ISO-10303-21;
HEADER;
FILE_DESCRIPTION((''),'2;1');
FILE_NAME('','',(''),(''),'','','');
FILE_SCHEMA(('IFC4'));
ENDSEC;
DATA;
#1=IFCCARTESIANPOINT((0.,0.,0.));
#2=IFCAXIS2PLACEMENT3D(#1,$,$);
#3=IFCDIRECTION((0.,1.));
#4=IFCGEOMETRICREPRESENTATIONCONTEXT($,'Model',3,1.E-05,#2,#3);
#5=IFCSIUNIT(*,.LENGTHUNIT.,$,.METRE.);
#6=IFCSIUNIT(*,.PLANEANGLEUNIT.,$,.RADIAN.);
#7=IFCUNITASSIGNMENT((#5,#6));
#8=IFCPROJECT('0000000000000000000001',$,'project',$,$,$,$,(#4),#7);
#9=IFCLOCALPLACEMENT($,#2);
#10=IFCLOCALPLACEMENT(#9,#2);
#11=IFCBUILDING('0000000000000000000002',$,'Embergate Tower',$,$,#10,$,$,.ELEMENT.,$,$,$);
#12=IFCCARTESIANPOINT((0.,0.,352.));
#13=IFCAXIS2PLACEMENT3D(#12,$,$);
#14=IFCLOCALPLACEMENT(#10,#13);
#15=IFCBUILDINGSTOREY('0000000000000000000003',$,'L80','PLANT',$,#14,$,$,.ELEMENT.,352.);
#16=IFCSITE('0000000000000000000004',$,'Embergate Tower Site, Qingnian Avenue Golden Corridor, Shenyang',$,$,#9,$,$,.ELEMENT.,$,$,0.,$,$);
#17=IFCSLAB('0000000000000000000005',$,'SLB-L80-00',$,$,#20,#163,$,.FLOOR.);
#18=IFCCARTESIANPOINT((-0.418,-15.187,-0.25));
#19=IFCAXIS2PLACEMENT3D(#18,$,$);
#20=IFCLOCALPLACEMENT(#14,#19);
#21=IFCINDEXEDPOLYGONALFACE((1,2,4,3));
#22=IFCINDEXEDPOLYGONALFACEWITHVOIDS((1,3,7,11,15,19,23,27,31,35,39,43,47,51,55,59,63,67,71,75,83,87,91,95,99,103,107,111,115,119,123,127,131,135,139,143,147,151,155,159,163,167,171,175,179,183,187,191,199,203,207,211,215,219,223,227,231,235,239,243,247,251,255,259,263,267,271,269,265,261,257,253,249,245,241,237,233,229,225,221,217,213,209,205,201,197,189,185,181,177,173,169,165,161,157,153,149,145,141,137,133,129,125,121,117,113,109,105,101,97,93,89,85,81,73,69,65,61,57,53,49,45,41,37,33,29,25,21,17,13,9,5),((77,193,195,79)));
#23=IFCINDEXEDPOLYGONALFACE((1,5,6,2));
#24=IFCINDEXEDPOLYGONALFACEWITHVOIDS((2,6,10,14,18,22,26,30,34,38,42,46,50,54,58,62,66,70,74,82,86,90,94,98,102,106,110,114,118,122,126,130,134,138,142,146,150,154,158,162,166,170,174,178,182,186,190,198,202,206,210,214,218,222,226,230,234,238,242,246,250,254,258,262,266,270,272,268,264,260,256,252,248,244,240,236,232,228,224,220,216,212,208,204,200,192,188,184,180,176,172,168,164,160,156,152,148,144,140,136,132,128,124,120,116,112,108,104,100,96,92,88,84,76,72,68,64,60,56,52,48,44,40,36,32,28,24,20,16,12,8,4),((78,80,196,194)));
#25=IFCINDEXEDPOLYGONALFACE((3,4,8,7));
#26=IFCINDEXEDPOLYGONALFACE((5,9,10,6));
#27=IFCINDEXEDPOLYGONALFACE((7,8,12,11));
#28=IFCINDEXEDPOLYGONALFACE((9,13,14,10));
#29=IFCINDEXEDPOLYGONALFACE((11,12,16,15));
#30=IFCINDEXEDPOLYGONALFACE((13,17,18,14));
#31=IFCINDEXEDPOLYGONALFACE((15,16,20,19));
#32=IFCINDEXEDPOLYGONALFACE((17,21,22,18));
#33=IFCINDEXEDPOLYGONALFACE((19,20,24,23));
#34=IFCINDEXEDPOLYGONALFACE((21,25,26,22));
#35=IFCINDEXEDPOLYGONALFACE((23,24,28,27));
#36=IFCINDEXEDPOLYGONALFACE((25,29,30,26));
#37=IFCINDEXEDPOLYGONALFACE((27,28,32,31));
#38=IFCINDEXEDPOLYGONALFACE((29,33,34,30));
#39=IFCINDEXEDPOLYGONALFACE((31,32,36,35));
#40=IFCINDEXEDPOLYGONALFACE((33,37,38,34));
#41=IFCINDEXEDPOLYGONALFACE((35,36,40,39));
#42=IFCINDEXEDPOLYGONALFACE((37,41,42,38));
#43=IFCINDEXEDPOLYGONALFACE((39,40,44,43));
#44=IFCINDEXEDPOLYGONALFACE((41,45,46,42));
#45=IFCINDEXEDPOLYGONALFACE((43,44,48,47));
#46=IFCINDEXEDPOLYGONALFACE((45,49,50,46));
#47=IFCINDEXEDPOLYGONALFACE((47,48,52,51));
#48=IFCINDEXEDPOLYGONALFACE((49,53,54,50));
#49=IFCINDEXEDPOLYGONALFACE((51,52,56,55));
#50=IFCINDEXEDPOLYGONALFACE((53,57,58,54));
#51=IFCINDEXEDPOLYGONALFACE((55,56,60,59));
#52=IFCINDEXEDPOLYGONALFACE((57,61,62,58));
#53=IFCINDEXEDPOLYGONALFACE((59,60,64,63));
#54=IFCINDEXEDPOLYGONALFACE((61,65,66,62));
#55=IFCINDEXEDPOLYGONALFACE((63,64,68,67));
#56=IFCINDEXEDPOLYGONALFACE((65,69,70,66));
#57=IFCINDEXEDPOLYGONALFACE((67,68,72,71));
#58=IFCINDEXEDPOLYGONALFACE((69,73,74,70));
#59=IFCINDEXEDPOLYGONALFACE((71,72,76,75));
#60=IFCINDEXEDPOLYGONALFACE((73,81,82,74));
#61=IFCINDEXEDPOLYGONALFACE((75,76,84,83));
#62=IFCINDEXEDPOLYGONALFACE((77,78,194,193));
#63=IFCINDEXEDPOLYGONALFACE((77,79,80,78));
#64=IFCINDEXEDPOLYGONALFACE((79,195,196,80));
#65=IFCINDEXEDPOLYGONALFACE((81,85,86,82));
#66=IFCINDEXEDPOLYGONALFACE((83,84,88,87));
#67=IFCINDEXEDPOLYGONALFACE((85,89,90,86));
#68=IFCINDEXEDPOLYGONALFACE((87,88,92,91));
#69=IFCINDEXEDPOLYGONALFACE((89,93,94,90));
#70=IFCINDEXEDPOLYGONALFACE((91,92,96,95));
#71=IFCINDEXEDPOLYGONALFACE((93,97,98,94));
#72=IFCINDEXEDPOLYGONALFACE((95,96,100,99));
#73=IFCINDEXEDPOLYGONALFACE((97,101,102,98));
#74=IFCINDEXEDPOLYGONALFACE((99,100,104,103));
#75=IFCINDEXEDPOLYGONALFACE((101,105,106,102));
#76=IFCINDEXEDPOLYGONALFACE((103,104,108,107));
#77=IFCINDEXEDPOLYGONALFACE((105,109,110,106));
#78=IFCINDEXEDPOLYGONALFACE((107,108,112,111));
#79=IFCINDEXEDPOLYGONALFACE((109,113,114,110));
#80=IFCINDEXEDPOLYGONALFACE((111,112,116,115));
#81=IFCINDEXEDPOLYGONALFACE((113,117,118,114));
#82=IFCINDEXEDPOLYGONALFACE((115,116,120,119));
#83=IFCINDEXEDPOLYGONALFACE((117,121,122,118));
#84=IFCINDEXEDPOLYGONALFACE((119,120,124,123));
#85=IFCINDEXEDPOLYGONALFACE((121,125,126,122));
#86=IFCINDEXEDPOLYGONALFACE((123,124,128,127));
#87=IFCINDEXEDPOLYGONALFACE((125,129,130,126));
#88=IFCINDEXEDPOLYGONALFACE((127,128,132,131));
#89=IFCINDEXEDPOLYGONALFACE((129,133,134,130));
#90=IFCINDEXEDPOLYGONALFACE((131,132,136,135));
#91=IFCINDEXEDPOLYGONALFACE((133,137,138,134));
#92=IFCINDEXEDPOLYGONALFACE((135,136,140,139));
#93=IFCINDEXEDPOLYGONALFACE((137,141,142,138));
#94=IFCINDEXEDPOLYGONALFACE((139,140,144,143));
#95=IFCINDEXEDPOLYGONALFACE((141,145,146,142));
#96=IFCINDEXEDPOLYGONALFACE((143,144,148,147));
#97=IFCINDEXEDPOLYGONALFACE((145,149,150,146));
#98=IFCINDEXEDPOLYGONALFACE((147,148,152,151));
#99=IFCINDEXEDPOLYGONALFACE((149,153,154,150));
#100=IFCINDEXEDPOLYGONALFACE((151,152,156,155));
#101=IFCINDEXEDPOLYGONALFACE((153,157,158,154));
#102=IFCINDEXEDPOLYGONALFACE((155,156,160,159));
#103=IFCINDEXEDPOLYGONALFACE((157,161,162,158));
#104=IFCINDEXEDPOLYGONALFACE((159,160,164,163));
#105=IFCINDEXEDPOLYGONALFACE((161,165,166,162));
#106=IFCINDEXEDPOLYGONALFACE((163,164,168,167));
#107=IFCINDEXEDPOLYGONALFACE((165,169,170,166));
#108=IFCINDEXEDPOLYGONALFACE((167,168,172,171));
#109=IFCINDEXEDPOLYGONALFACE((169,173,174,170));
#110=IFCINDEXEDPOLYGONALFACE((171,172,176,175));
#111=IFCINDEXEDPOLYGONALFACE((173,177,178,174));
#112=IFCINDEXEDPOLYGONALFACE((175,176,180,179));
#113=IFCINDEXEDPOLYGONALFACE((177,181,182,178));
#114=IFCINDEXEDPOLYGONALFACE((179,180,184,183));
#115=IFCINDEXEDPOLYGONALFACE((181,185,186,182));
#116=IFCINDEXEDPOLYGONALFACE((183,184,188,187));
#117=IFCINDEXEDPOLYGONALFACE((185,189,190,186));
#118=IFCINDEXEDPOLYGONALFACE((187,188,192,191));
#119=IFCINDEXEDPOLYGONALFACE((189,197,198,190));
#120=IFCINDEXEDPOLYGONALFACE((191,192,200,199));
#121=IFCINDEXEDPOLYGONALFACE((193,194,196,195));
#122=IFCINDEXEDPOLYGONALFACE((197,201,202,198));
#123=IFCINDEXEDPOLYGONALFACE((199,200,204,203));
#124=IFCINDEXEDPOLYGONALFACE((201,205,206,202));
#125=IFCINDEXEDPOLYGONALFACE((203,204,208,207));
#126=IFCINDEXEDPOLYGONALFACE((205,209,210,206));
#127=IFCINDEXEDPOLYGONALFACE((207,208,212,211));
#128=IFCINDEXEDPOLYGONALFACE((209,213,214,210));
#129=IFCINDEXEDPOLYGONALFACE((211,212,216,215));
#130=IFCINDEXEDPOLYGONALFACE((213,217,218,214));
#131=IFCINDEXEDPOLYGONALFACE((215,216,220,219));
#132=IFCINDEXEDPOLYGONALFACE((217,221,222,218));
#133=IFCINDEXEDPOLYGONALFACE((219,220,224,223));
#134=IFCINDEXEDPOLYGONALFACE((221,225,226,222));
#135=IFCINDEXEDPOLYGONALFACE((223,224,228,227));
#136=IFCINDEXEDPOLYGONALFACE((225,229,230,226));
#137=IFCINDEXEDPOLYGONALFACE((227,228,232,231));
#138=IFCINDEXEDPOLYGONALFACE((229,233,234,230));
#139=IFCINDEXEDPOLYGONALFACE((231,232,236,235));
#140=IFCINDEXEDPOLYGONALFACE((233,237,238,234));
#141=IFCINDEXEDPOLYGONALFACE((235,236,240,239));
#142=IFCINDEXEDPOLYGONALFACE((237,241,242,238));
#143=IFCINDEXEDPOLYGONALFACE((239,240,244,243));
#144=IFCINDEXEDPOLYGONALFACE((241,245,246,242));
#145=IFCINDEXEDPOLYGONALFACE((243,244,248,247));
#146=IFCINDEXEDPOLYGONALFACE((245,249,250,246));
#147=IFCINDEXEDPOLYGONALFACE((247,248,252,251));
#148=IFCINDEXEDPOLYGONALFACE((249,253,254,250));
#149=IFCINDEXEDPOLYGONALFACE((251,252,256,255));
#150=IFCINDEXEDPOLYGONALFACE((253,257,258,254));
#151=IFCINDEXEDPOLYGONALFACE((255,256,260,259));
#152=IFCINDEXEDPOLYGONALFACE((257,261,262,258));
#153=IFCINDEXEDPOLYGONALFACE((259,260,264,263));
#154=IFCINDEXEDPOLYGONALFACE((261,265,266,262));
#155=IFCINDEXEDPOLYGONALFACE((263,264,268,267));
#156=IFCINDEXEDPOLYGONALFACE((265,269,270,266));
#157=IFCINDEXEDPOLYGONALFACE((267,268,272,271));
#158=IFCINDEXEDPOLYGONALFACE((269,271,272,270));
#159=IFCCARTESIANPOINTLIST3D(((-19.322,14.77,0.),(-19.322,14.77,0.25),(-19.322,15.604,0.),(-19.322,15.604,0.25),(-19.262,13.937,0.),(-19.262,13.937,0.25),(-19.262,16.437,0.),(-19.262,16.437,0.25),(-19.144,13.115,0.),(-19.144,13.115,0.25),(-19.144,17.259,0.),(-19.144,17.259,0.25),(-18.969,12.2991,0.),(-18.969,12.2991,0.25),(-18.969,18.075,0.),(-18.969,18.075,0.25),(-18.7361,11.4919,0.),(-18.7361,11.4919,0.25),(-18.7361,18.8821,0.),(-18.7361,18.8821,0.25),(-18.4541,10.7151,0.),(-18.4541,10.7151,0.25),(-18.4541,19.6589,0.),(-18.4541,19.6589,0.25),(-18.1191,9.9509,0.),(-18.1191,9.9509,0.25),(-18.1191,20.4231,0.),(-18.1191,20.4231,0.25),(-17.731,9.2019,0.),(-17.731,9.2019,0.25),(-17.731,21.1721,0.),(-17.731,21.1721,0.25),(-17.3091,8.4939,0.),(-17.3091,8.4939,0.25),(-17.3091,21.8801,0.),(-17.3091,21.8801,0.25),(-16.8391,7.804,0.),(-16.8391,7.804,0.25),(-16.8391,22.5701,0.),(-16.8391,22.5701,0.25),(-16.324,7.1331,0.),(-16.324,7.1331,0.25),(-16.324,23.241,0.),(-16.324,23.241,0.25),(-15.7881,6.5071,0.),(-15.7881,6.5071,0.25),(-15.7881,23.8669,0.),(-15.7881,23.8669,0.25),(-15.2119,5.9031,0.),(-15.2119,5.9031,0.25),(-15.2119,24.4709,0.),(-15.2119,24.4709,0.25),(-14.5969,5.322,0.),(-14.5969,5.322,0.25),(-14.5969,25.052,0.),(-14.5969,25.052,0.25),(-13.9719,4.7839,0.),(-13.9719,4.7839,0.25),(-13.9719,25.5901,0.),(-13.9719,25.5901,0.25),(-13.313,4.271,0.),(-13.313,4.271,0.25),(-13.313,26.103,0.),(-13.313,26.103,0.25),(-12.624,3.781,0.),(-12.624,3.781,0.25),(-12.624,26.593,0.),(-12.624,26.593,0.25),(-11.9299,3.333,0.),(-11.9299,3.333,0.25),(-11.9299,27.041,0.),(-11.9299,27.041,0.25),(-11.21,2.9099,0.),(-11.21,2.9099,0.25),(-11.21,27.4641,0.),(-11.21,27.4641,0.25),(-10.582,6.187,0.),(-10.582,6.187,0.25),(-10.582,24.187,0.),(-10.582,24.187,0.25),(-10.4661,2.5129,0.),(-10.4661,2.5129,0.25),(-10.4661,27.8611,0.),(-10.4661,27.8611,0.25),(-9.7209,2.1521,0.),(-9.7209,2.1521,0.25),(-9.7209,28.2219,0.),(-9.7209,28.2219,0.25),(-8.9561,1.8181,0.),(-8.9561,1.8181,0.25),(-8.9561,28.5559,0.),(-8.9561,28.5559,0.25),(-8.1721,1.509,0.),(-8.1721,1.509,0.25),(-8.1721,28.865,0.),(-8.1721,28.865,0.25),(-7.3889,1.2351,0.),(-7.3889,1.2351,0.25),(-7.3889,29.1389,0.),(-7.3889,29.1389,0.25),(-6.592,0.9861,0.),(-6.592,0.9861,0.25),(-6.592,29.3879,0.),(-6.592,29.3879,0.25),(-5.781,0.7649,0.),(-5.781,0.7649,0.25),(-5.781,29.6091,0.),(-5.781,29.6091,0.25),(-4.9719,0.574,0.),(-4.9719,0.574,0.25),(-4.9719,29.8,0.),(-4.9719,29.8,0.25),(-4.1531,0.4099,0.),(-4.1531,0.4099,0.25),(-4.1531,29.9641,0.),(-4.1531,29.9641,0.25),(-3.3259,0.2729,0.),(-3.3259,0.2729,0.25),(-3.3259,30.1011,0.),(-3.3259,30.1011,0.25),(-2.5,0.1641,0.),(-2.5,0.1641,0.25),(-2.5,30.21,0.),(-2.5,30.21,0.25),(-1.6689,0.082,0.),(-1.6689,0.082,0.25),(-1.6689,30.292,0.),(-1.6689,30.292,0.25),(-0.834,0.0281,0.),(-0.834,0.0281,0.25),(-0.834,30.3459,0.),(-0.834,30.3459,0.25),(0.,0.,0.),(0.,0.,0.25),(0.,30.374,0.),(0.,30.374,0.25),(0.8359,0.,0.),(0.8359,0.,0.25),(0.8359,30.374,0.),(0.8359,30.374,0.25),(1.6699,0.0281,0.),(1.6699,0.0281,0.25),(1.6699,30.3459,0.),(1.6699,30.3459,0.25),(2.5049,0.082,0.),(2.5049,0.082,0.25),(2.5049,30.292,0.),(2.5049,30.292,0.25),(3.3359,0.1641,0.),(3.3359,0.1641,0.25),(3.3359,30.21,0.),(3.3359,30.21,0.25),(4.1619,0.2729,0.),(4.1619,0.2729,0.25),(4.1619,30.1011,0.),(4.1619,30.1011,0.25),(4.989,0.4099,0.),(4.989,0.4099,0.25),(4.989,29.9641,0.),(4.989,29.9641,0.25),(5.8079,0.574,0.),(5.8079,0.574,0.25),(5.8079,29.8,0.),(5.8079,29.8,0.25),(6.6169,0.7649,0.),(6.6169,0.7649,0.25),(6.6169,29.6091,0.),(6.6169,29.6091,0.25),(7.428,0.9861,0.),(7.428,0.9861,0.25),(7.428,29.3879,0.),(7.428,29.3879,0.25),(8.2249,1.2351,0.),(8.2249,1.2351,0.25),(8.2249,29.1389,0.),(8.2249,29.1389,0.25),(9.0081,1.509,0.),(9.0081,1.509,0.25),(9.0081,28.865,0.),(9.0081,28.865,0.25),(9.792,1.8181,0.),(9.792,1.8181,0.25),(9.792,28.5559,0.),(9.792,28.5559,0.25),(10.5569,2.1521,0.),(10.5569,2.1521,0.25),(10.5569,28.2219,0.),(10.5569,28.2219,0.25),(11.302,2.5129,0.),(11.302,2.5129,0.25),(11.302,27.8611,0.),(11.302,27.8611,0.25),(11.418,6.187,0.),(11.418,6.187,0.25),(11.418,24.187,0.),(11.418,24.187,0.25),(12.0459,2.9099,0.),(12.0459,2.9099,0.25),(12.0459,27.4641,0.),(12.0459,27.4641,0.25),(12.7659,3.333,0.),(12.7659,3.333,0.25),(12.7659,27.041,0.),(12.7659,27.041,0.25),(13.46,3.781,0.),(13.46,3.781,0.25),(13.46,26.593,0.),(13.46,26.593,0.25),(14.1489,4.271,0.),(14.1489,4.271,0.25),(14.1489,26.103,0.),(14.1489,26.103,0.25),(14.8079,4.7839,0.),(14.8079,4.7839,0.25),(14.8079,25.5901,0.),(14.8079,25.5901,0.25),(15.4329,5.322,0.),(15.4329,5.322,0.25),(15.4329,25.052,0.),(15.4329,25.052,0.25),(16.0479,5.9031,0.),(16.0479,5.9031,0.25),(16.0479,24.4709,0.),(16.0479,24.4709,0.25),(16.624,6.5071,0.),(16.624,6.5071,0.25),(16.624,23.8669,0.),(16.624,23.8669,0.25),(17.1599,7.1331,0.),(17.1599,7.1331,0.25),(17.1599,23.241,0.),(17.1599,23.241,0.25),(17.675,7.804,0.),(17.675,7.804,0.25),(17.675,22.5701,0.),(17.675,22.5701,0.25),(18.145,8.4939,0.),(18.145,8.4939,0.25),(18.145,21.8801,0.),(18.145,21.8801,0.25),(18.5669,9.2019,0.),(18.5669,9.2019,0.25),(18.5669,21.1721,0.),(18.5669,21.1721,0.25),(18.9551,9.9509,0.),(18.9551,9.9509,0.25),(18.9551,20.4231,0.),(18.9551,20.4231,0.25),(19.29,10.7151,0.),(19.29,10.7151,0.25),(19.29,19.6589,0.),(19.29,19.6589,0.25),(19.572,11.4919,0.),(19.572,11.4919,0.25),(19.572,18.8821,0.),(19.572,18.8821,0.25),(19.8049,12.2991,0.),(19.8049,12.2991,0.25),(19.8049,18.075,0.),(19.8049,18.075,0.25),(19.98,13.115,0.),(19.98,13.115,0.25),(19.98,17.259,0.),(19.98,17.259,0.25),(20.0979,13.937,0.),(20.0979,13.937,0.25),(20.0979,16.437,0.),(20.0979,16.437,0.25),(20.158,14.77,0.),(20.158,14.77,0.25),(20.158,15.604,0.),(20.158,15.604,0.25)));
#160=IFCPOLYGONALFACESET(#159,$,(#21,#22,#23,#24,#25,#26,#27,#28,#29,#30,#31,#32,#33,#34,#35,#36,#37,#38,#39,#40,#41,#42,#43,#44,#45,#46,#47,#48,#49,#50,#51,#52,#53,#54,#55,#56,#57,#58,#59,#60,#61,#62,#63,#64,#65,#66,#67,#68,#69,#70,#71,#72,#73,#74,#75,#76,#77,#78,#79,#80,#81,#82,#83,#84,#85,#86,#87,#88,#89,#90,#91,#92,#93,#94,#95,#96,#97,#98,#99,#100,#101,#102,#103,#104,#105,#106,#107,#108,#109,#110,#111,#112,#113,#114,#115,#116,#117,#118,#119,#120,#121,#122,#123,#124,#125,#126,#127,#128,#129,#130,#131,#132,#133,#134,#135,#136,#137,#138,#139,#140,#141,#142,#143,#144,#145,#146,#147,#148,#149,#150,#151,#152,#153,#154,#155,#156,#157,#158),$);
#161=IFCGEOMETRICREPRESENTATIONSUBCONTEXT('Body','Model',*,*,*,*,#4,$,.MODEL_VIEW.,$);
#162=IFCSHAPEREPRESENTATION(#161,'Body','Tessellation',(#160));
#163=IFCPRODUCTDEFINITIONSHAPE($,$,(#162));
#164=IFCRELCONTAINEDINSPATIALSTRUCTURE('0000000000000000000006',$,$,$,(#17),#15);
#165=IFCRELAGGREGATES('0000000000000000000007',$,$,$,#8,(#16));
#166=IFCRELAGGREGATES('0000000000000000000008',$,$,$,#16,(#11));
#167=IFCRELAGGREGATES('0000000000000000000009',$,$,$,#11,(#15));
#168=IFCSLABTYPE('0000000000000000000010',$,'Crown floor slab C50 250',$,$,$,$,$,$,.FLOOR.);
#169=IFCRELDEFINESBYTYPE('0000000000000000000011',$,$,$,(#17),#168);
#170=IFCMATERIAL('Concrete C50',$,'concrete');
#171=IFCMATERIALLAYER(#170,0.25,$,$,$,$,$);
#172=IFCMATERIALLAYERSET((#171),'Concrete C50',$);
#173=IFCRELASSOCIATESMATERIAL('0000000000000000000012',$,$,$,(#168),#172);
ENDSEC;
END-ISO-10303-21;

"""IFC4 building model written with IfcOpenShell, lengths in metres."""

from ifc_helpers import new_model, si_unit, direction, frame, origin, place, context, subcontext, project, spatial, polyline, outline, extrude, source, transform, mapped, material, layer, layer_set, type_object, element, save


model = new_model("IFC4")

# Units and contexts
model_context = context("Model", 3, precision=1e-05, world=origin(), true_north=direction((0.0, 1.0)))
body_context = subcontext(model_context, "Body", "Model", "MODEL_VIEW")
ifc_project = project(units=[si_unit("LENGTHUNIT", "METRE"), si_unit("PLANEANGLEUNIT", "RADIAN")], contexts=[model_context])

# Site, building, storey
site_placement = place(None, origin())
site = spatial("IfcSite", under=ifc_project, at=site_placement, Name="Embergate Tower Site, Qingnian Avenue Golden Corridor, Shenyang", CompositionType="ELEMENT", RefElevation=0.0)
building_placement = place(site_placement, origin())
building = spatial("IfcBuilding", under=site, at=building_placement, Name="Embergate Tower", CompositionType="ELEMENT")
storey_placement = place(building_placement, frame((0.0, 0.0, 352.0)))
storey = spatial("IfcBuildingStorey", under=building, at=storey_placement, Name="L80", Description="PLANT", CompositionType="ELEMENT", Elevation=352.0)

# Slab
ifc_material_1 = material(Name="Concrete C50", Category="concrete")
ifc_layer_1 = layer(ifc_material_1, 0.25)
ifc_layer_set_1 = layer_set([ifc_layer_1], Name="Concrete C50")
slab_type_1 = type_object("IfcSlabType", Name="Crown floor slab C50 250", PredefinedType="FLOOR", material=ifc_layer_set_1)
shared_shape_1 = source(origin(), body_context, "Body", "SweptSolid", [
    extrude(outline(polyline([(0.0, 0.0), (0.8359, 0.0), (1.6699, 0.0281), (2.5049, 0.082), (3.3359, 0.1641), (4.1619, 0.2729), (4.989, 0.4099), (5.8079, 0.574), (6.6169, 0.7649), (7.428, 0.9861), (8.2249, 1.2351), (9.0081, 1.509), (9.792, 1.8181), (10.5569, 2.1521), (11.302, 2.5129), (12.0459, 2.9099), (12.7659, 3.333), (13.46, 3.781), (14.1489, 4.271), (14.8079, 4.7839), (15.4329, 5.322), (16.0479, 5.9031), (16.624, 6.5071), (17.1599, 7.1331), (17.675, 7.804), (18.145, 8.4939), (18.5669, 9.2019), (18.9551, 9.9509), (19.29, 10.7151), (19.572, 11.4919), (19.8049, 12.2991), (19.98, 13.115), (20.0979, 13.937), (20.158, 14.77), (20.158, 15.604), (20.0979, 16.437), (19.98, 17.259), (19.8049, 18.075), (19.572, 18.8821), (19.29, 19.6589), (18.9551, 20.4231), (18.5669, 21.1721), (18.145, 21.8801), (17.675, 22.5701), (17.1599, 23.241), (16.624, 23.8669), (16.0479, 24.4709), (15.4329, 25.052), (14.8079, 25.5901), (14.1489, 26.103), (13.46, 26.593), (12.7659, 27.041), (12.0459, 27.4641), (11.302, 27.8611), (10.5569, 28.2219), (9.792, 28.5559), (9.0081, 28.865), (8.2249, 29.1389), (7.428, 29.3879), (6.6169, 29.6091), (5.8079, 29.8), (4.989, 29.9641), (4.1619, 30.1011), (3.3359, 30.21), (2.5049, 30.292), (1.6699, 30.3459), (0.8359, 30.374), (0.0, 30.374), (-0.834, 30.3459), (-1.6689, 30.292), (-2.5, 30.21), (-3.3259, 30.1011), (-4.1531, 29.9641), (-4.9719, 29.8), (-5.781, 29.6091), (-6.592, 29.3879), (-7.3889, 29.1389), (-8.1721, 28.865), (-8.9561, 28.5559), (-9.7209, 28.2219), (-10.4661, 27.8611), (-11.21, 27.4641), (-11.9299, 27.041), (-12.624, 26.593), (-13.313, 26.103), (-13.9719, 25.5901), (-14.5969, 25.052), (-15.2119, 24.4709), (-15.7881, 23.8669), (-16.324, 23.241), (-16.8391, 22.5701), (-17.3091, 21.8801), (-17.731, 21.1721), (-18.1191, 20.4231), (-18.4541, 19.6589), (-18.7361, 18.8821), (-18.969, 18.075), (-19.144, 17.259), (-19.262, 16.437), (-19.322, 15.604), (-19.322, 14.77), (-19.262, 13.937), (-19.144, 13.115), (-18.969, 12.2991), (-18.7361, 11.4919), (-18.4541, 10.7151), (-18.1191, 9.9509), (-17.731, 9.2019), (-17.3091, 8.4939), (-16.8391, 7.804), (-16.324, 7.1331), (-15.7881, 6.5071), (-15.2119, 5.9031), (-14.5969, 5.322), (-13.9719, 4.7839), (-13.313, 4.271), (-12.624, 3.781), (-11.9299, 3.333), (-11.21, 2.9099), (-10.4661, 2.5129), (-9.7209, 2.1521), (-8.9561, 1.8181), (-8.1721, 1.509), (-7.3889, 1.2351), (-6.592, 0.9861), (-5.781, 0.7649), (-4.9719, 0.574), (-4.1531, 0.4099), (-3.3259, 0.2729), (-2.5, 0.1641), (-1.6689, 0.082), (-0.834, 0.0281), (0.0, 0.0)]), holes=[polyline([(-10.582, 6.187), (-10.582, 24.187), (11.418, 24.187), (11.418, 6.187), (-10.582, 6.187)])]), origin(), (0.0, 0.0, 1.0), 0.25),
])
slab_1_placement = place(storey_placement, frame((-0.418, -15.187, -0.25)))
element("IfcSlab", 1, at=slab_1_placement, inside=storey, type_object=slab_type_1, Name="SLB-L80-00", PredefinedType="FLOOR", context=body_context, shape_type="MappedRepresentation", body=[
    mapped(shared_shape_1, transform((0.0, 0.0, 0.0))),
])

save(model, "model.ifc")
